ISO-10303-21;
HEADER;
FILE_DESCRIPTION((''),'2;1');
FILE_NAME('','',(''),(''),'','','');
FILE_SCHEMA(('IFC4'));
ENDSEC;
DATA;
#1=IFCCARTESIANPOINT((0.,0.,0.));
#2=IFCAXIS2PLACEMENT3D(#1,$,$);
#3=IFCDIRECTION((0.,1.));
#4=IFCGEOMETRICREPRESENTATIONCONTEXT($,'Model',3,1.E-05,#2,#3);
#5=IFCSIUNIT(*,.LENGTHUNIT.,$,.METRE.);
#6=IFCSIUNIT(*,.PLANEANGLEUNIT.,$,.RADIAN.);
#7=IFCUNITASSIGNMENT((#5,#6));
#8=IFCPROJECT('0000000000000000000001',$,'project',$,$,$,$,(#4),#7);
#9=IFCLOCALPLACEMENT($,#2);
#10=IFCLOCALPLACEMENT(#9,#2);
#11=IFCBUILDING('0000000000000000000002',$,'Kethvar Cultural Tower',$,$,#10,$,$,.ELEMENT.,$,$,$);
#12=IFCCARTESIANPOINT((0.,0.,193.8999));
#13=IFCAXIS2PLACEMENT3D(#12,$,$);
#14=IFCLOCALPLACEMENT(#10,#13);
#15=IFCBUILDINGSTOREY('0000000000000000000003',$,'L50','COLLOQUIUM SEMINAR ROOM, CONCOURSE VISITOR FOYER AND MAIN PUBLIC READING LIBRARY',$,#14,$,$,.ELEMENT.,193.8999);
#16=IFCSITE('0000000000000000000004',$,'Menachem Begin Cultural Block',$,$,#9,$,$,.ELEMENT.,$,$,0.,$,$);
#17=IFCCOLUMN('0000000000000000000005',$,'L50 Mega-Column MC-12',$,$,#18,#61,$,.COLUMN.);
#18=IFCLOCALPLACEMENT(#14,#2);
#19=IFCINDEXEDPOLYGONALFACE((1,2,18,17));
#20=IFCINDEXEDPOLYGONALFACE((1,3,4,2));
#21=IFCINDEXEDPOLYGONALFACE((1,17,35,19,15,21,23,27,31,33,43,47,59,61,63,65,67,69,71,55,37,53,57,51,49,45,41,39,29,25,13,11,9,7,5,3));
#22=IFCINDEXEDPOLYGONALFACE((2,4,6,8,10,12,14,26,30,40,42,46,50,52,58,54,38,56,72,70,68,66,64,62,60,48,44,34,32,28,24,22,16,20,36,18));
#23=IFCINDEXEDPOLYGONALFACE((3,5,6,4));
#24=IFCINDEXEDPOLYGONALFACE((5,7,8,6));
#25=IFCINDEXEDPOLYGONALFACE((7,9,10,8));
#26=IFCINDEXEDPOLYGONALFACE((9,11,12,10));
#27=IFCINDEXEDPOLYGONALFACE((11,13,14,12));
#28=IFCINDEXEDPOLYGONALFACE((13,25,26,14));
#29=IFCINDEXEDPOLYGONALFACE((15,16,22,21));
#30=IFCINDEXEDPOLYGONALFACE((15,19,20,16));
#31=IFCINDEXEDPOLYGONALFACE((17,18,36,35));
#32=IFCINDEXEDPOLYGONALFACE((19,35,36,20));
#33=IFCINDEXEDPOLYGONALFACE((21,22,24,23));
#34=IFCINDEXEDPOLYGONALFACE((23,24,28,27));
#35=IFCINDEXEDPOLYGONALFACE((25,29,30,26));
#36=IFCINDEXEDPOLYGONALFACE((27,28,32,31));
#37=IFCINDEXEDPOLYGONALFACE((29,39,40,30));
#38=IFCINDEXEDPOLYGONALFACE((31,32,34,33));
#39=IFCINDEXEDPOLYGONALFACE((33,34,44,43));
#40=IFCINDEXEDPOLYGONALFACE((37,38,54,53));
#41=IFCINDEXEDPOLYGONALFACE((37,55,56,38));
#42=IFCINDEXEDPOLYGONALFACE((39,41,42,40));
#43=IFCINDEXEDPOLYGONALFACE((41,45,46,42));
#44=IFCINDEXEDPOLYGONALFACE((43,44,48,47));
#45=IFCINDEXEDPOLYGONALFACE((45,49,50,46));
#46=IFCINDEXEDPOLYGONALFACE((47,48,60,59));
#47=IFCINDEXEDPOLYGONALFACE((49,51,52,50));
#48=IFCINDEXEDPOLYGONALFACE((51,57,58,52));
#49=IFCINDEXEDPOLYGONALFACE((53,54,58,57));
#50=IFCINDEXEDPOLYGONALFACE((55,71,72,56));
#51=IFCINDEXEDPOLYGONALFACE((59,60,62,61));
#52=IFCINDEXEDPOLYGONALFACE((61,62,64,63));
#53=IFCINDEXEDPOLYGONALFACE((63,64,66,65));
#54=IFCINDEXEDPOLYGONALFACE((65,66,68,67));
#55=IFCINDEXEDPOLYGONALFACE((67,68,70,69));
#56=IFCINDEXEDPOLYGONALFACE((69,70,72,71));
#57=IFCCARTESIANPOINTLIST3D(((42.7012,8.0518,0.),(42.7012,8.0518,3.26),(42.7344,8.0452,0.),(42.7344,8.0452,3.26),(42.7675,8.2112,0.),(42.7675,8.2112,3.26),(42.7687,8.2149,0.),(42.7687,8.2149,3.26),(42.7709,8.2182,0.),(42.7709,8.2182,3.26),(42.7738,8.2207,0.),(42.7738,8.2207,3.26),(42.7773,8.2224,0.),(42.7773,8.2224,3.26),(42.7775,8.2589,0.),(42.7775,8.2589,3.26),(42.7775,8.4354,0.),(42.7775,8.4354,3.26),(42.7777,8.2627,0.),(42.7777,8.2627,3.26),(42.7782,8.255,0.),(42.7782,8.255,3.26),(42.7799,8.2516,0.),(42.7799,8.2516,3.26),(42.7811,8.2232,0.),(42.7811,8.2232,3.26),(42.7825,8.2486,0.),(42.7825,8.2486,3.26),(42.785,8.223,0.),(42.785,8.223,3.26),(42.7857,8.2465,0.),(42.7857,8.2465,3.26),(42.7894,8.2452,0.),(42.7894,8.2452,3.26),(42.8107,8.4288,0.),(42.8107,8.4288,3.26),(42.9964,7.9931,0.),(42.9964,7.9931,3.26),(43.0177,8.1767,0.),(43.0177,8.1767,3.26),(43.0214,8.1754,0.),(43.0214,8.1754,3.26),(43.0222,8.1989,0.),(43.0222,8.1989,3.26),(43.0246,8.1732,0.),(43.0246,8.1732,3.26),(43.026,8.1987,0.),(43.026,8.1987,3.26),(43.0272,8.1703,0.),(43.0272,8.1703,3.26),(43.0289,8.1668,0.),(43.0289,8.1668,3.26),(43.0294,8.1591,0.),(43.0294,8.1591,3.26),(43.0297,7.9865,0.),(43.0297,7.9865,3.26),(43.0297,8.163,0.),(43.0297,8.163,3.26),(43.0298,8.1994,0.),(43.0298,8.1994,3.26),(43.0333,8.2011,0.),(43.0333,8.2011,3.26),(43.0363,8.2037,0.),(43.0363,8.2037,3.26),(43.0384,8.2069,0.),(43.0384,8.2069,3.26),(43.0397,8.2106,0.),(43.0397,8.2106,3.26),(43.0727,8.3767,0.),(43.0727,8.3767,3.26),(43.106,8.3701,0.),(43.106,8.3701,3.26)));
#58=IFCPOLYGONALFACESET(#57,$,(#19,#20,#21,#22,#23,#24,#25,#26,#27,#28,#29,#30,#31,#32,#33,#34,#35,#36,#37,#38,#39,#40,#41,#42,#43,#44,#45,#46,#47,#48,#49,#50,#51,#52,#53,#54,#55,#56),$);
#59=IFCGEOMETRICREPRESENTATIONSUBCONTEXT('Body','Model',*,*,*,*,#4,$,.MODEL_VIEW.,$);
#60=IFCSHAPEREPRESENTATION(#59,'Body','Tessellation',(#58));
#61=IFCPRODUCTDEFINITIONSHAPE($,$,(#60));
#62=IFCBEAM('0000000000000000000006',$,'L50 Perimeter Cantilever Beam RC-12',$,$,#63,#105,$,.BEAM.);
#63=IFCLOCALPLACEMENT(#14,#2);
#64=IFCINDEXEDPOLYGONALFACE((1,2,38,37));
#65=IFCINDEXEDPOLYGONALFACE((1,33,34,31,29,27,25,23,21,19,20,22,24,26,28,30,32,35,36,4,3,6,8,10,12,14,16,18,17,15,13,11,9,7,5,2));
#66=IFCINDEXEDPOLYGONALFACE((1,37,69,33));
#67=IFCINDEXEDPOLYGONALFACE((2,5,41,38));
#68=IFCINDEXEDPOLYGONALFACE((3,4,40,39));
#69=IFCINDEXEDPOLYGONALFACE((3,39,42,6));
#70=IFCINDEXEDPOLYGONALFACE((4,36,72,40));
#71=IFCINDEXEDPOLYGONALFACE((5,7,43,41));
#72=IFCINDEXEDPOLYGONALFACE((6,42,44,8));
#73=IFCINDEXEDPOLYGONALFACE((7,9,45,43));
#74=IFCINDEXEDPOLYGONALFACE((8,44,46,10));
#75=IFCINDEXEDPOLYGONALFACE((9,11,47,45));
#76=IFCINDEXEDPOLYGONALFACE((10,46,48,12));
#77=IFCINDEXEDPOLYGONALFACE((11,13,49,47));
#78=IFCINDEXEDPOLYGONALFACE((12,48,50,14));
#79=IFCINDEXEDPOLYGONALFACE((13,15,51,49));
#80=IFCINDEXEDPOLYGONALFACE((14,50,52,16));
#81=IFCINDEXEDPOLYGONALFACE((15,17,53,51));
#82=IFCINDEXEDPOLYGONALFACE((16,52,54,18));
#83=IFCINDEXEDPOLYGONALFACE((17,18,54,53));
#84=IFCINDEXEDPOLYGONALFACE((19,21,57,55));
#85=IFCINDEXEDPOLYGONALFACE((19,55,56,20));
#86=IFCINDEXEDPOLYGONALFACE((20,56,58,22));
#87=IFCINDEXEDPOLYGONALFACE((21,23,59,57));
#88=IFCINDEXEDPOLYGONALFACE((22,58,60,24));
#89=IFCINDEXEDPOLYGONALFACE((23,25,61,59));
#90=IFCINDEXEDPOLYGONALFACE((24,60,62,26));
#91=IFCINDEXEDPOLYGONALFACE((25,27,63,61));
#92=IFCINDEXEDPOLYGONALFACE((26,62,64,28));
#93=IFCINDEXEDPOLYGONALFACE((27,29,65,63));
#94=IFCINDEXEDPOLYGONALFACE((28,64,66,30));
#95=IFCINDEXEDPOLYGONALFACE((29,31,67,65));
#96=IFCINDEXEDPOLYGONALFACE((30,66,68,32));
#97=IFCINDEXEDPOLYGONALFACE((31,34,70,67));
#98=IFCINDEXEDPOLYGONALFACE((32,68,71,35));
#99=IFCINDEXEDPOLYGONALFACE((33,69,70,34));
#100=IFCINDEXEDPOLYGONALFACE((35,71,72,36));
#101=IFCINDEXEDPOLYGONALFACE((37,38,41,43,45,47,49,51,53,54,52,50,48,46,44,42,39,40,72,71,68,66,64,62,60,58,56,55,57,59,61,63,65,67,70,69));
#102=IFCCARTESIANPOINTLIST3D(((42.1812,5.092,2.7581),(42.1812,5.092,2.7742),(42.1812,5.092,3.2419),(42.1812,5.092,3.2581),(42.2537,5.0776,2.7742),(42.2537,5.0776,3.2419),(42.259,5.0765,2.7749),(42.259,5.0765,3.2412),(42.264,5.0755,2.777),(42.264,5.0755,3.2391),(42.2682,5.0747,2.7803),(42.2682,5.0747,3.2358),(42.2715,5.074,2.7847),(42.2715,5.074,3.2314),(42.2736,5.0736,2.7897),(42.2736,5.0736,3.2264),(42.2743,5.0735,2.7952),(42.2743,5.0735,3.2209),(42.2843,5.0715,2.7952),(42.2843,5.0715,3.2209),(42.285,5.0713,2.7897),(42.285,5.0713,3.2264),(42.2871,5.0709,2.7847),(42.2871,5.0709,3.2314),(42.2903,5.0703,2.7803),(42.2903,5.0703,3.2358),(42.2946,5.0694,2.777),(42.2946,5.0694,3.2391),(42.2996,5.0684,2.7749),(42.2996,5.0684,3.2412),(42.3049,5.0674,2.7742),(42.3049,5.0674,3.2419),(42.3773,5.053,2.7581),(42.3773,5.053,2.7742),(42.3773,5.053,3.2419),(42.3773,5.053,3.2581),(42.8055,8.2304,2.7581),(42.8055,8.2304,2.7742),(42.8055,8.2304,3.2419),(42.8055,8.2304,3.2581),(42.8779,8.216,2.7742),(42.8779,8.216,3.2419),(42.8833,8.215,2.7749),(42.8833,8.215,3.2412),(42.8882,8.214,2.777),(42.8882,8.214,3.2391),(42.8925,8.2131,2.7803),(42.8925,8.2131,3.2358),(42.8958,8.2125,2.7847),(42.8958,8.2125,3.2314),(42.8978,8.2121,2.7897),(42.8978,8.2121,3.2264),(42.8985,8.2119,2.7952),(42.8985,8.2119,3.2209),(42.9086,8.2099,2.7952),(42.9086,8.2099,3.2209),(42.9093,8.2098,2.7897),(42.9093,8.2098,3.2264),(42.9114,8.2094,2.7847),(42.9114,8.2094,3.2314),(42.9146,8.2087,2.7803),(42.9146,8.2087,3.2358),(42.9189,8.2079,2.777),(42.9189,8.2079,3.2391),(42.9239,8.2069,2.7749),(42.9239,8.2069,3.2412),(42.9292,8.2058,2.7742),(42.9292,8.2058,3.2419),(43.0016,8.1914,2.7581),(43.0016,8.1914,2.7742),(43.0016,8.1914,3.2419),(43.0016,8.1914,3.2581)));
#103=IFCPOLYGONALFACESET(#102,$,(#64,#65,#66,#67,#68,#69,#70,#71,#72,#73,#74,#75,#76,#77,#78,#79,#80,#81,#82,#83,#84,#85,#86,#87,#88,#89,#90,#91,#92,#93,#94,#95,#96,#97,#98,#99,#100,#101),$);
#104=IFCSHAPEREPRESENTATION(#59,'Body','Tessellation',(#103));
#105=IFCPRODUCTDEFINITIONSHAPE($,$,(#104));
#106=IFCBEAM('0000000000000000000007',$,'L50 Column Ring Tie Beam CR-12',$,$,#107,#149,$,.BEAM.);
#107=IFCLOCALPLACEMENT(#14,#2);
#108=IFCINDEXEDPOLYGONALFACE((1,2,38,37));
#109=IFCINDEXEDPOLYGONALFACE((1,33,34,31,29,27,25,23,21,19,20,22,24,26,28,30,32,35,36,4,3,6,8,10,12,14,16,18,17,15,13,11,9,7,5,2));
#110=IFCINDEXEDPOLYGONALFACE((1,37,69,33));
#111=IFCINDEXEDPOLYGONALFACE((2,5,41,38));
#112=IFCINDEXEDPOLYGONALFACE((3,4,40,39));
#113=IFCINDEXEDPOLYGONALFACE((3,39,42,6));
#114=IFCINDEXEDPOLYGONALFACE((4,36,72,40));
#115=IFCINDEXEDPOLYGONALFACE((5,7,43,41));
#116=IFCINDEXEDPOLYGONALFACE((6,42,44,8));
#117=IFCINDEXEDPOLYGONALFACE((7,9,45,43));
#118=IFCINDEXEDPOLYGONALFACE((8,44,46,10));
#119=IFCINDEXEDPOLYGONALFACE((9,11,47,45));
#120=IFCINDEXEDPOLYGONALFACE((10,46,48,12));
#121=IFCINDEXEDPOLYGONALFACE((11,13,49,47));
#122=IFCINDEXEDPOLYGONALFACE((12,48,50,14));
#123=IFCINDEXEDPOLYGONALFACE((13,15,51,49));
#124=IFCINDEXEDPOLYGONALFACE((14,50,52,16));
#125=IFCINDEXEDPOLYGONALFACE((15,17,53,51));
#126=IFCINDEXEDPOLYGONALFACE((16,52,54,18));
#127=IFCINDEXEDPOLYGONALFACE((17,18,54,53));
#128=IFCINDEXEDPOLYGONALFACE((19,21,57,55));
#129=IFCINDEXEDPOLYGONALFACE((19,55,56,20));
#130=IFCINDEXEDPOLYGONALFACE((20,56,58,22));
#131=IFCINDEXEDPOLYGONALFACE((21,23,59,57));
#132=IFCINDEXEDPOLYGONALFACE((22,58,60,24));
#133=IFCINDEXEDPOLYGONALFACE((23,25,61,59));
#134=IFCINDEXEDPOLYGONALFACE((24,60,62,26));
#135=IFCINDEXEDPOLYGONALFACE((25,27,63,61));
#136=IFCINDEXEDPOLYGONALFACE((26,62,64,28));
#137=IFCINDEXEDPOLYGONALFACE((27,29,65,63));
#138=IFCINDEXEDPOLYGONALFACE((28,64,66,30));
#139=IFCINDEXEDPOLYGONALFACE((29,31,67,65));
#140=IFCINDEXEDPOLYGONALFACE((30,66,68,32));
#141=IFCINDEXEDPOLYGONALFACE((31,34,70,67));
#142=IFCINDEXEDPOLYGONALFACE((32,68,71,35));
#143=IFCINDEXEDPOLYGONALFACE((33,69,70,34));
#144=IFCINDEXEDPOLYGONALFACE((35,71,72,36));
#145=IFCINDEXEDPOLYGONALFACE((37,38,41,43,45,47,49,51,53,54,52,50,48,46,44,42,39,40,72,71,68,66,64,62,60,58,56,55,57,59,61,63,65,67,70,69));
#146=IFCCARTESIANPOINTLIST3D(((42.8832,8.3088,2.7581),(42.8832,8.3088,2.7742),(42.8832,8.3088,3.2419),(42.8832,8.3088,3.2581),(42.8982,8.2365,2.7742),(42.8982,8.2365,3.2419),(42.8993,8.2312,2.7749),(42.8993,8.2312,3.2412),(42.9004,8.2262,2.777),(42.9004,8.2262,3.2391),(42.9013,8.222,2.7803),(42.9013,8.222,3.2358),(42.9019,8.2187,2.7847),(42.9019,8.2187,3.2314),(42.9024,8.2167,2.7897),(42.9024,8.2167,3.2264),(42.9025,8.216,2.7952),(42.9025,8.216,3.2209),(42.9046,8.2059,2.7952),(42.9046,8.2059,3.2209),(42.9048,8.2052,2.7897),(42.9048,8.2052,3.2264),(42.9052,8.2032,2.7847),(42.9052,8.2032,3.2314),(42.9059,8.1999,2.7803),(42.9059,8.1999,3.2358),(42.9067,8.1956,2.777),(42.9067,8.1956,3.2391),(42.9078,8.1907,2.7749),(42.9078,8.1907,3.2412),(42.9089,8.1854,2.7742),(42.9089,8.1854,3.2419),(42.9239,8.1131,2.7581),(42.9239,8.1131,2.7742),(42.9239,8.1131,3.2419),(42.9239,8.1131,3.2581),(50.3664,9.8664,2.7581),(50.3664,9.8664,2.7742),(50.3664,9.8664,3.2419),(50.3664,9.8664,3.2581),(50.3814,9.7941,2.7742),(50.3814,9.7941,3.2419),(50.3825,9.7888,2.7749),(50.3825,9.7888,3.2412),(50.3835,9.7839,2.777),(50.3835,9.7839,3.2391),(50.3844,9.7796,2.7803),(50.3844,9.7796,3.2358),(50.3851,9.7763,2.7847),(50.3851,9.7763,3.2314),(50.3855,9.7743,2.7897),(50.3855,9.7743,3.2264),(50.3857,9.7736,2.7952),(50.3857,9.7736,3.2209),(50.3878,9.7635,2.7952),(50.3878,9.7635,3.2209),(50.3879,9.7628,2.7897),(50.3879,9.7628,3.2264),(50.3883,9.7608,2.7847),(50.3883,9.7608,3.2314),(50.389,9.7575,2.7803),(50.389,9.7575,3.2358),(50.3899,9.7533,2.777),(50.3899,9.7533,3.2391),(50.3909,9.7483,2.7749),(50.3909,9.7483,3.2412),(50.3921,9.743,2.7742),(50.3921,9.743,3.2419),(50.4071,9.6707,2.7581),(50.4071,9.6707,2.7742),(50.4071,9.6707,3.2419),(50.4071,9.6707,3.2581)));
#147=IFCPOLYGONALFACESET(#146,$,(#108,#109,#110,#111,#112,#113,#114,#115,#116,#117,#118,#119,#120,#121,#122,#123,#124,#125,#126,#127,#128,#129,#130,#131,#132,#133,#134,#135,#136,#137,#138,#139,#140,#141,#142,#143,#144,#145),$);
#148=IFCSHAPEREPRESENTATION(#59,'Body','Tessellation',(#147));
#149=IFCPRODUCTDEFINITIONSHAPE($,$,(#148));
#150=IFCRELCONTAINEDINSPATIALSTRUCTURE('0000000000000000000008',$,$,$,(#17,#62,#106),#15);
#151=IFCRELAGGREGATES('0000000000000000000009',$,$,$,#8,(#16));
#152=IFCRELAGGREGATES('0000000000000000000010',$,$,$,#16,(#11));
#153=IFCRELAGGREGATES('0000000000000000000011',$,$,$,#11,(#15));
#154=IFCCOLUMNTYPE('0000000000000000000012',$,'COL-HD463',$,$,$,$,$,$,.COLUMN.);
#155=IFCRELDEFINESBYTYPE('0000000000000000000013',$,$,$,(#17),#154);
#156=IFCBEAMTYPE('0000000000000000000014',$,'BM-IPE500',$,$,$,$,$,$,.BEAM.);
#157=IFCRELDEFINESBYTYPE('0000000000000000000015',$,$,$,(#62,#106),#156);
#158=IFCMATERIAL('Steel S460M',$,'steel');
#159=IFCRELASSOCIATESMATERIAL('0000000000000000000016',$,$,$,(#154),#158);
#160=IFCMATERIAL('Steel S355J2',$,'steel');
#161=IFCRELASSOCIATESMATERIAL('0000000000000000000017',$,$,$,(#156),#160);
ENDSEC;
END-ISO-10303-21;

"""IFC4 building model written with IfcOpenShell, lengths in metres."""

from ifc_helpers import new_model, si_unit, direction, frame, origin, origin_2d, place, context, subcontext, project, spatial, i_section, extrude, source, transform, mapped, material, material_profile, profile_set, type_object, element, save


model = new_model("IFC4")

# Units and contexts
model_context = context("Model", 3, precision=1e-05, world=origin(), true_north=direction((0.0, 1.0)))
body_context = subcontext(model_context, "Body", "Model", "MODEL_VIEW")
ifc_project = project(units=[si_unit("LENGTHUNIT", "METRE"), si_unit("PLANEANGLEUNIT", "RADIAN")], contexts=[model_context])

# Site, building, storey
site_placement = place(None, origin())
site = spatial("IfcSite", under=ifc_project, at=site_placement, Name="Menachem Begin Cultural Block", CompositionType="ELEMENT", RefElevation=0.0)
building_placement = place(site_placement, origin())
building = spatial("IfcBuilding", under=site, at=building_placement, Name="Kethvar Cultural Tower", CompositionType="ELEMENT")
storey_placement = place(building_placement, frame((0.0, 0.0, 193.8999)))
storey = spatial("IfcBuildingStorey", under=building, at=storey_placement, Name="L50", Description="COLLOQUIUM SEMINAR ROOM, CONCOURSE VISITOR FOYER AND MAIN PUBLIC READING LIBRARY", CompositionType="ELEMENT", Elevation=193.8999)

# Column
ifc_material_1 = material(Name="Steel S460M", Category="steel")
ifc_material_profile_1 = material_profile(ifc_material_1, i_section(OverallWidth=0.3911, OverallDepth=0.335, WebThickness=0.0227, FlangeThickness=0.0339, FilletRadius=0.0149, at=origin_2d()), Name="Steel S460M — HD400x463")
ifc_profile_set_1 = profile_set([ifc_material_profile_1], Name="Steel S460M — HD400x463")
column_type = type_object("IfcColumnType", Name="COL-HD463", PredefinedType="COLUMN", material=ifc_profile_set_1)
shared_shape_1 = source(origin(), body_context, "Body", "SweptSolid", [
    extrude(i_section(OverallWidth=0.3911, OverallDepth=0.335, WebThickness=0.0227, FlangeThickness=0.0339, FilletRadius=0.0149, at=origin_2d()), origin(), (0.0, 0.0, 1.0), 3.26),
])
column_placement = place(storey_placement, frame((42.9036, 8.2109, 0.0), z_axis=(0.0, 0.0, 1.0), x_axis=(-0.19509, -0.980785, 0.0)))
element("IfcColumn", 1, at=column_placement, inside=storey, type_object=column_type, Name="L50 Mega-Column MC-12", PredefinedType="COLUMN", context=body_context, shape_type="MappedRepresentation", body=[
    mapped(shared_shape_1, transform((0.0, 0.0, 0.0), scale=1.0)),
])

# Beams
ifc_material_2 = material(Name="Steel S355J2", Category="steel")
ifc_material_profile_2 = material_profile(ifc_material_2, i_section(OverallWidth=0.2, OverallDepth=0.5, WebThickness=0.0103, FlangeThickness=0.0161, FilletRadius=0.021, at=origin_2d()), Name="Steel S355J2 — IPE500")
ifc_profile_set_2 = profile_set([ifc_material_profile_2], Name="Steel S355J2 — IPE500")
beam_type_1 = type_object("IfcBeamType", Name="BM-IPE500", PredefinedType="BEAM", material=ifc_profile_set_2)
shared_shape_2 = source(origin(), body_context, "Body", "SweptSolid", [
    extrude(i_section(OverallWidth=0.2, OverallDepth=0.5, WebThickness=0.0103, FlangeThickness=0.0161, FilletRadius=0.021, at=origin_2d()), origin(), (0.0, 0.0, 1.0), 3.2),
])
beam_1_placement = place(storey_placement, frame((42.9036, 8.2109, 3.0081), z_axis=(-0.195089, -0.980786, 0.0), x_axis=(0.980786, -0.195089, 0.0)))
element("IfcBeam", 2, at=beam_1_placement, inside=storey, type_object=beam_type_1, Name="L50 Perimeter Cantilever Beam RC-12", PredefinedType="BEAM", context=body_context, shape_type="MappedRepresentation", body=[
    mapped(shared_shape_2, transform((0.0, 0.0, 0.0), scale=1.0)),
])
shared_shape_3 = source(origin(), body_context, "Body", "SweptSolid", [
    extrude(i_section(OverallWidth=0.2, OverallDepth=0.5, WebThickness=0.0103, FlangeThickness=0.0161, FilletRadius=0.021, at=origin_2d()), origin(), (0.0, 0.0, 1.0), 7.6436),
])
beam_2_placement = place(storey_placement, frame((42.9036, 8.2109, 3.0081), z_axis=(0.979016, 0.203782, 0.0), x_axis=(-0.203782, 0.979016, 0.0)))
element("IfcBeam", 3, at=beam_2_placement, inside=storey, type_object=beam_type_1, Name="L50 Column Ring Tie Beam CR-12", PredefinedType="BEAM", context=body_context, shape_type="MappedRepresentation", body=[
    mapped(shared_shape_3, transform((0.0, 0.0, 0.0), scale=1.0)),
])

save(model, "model.ifc")
